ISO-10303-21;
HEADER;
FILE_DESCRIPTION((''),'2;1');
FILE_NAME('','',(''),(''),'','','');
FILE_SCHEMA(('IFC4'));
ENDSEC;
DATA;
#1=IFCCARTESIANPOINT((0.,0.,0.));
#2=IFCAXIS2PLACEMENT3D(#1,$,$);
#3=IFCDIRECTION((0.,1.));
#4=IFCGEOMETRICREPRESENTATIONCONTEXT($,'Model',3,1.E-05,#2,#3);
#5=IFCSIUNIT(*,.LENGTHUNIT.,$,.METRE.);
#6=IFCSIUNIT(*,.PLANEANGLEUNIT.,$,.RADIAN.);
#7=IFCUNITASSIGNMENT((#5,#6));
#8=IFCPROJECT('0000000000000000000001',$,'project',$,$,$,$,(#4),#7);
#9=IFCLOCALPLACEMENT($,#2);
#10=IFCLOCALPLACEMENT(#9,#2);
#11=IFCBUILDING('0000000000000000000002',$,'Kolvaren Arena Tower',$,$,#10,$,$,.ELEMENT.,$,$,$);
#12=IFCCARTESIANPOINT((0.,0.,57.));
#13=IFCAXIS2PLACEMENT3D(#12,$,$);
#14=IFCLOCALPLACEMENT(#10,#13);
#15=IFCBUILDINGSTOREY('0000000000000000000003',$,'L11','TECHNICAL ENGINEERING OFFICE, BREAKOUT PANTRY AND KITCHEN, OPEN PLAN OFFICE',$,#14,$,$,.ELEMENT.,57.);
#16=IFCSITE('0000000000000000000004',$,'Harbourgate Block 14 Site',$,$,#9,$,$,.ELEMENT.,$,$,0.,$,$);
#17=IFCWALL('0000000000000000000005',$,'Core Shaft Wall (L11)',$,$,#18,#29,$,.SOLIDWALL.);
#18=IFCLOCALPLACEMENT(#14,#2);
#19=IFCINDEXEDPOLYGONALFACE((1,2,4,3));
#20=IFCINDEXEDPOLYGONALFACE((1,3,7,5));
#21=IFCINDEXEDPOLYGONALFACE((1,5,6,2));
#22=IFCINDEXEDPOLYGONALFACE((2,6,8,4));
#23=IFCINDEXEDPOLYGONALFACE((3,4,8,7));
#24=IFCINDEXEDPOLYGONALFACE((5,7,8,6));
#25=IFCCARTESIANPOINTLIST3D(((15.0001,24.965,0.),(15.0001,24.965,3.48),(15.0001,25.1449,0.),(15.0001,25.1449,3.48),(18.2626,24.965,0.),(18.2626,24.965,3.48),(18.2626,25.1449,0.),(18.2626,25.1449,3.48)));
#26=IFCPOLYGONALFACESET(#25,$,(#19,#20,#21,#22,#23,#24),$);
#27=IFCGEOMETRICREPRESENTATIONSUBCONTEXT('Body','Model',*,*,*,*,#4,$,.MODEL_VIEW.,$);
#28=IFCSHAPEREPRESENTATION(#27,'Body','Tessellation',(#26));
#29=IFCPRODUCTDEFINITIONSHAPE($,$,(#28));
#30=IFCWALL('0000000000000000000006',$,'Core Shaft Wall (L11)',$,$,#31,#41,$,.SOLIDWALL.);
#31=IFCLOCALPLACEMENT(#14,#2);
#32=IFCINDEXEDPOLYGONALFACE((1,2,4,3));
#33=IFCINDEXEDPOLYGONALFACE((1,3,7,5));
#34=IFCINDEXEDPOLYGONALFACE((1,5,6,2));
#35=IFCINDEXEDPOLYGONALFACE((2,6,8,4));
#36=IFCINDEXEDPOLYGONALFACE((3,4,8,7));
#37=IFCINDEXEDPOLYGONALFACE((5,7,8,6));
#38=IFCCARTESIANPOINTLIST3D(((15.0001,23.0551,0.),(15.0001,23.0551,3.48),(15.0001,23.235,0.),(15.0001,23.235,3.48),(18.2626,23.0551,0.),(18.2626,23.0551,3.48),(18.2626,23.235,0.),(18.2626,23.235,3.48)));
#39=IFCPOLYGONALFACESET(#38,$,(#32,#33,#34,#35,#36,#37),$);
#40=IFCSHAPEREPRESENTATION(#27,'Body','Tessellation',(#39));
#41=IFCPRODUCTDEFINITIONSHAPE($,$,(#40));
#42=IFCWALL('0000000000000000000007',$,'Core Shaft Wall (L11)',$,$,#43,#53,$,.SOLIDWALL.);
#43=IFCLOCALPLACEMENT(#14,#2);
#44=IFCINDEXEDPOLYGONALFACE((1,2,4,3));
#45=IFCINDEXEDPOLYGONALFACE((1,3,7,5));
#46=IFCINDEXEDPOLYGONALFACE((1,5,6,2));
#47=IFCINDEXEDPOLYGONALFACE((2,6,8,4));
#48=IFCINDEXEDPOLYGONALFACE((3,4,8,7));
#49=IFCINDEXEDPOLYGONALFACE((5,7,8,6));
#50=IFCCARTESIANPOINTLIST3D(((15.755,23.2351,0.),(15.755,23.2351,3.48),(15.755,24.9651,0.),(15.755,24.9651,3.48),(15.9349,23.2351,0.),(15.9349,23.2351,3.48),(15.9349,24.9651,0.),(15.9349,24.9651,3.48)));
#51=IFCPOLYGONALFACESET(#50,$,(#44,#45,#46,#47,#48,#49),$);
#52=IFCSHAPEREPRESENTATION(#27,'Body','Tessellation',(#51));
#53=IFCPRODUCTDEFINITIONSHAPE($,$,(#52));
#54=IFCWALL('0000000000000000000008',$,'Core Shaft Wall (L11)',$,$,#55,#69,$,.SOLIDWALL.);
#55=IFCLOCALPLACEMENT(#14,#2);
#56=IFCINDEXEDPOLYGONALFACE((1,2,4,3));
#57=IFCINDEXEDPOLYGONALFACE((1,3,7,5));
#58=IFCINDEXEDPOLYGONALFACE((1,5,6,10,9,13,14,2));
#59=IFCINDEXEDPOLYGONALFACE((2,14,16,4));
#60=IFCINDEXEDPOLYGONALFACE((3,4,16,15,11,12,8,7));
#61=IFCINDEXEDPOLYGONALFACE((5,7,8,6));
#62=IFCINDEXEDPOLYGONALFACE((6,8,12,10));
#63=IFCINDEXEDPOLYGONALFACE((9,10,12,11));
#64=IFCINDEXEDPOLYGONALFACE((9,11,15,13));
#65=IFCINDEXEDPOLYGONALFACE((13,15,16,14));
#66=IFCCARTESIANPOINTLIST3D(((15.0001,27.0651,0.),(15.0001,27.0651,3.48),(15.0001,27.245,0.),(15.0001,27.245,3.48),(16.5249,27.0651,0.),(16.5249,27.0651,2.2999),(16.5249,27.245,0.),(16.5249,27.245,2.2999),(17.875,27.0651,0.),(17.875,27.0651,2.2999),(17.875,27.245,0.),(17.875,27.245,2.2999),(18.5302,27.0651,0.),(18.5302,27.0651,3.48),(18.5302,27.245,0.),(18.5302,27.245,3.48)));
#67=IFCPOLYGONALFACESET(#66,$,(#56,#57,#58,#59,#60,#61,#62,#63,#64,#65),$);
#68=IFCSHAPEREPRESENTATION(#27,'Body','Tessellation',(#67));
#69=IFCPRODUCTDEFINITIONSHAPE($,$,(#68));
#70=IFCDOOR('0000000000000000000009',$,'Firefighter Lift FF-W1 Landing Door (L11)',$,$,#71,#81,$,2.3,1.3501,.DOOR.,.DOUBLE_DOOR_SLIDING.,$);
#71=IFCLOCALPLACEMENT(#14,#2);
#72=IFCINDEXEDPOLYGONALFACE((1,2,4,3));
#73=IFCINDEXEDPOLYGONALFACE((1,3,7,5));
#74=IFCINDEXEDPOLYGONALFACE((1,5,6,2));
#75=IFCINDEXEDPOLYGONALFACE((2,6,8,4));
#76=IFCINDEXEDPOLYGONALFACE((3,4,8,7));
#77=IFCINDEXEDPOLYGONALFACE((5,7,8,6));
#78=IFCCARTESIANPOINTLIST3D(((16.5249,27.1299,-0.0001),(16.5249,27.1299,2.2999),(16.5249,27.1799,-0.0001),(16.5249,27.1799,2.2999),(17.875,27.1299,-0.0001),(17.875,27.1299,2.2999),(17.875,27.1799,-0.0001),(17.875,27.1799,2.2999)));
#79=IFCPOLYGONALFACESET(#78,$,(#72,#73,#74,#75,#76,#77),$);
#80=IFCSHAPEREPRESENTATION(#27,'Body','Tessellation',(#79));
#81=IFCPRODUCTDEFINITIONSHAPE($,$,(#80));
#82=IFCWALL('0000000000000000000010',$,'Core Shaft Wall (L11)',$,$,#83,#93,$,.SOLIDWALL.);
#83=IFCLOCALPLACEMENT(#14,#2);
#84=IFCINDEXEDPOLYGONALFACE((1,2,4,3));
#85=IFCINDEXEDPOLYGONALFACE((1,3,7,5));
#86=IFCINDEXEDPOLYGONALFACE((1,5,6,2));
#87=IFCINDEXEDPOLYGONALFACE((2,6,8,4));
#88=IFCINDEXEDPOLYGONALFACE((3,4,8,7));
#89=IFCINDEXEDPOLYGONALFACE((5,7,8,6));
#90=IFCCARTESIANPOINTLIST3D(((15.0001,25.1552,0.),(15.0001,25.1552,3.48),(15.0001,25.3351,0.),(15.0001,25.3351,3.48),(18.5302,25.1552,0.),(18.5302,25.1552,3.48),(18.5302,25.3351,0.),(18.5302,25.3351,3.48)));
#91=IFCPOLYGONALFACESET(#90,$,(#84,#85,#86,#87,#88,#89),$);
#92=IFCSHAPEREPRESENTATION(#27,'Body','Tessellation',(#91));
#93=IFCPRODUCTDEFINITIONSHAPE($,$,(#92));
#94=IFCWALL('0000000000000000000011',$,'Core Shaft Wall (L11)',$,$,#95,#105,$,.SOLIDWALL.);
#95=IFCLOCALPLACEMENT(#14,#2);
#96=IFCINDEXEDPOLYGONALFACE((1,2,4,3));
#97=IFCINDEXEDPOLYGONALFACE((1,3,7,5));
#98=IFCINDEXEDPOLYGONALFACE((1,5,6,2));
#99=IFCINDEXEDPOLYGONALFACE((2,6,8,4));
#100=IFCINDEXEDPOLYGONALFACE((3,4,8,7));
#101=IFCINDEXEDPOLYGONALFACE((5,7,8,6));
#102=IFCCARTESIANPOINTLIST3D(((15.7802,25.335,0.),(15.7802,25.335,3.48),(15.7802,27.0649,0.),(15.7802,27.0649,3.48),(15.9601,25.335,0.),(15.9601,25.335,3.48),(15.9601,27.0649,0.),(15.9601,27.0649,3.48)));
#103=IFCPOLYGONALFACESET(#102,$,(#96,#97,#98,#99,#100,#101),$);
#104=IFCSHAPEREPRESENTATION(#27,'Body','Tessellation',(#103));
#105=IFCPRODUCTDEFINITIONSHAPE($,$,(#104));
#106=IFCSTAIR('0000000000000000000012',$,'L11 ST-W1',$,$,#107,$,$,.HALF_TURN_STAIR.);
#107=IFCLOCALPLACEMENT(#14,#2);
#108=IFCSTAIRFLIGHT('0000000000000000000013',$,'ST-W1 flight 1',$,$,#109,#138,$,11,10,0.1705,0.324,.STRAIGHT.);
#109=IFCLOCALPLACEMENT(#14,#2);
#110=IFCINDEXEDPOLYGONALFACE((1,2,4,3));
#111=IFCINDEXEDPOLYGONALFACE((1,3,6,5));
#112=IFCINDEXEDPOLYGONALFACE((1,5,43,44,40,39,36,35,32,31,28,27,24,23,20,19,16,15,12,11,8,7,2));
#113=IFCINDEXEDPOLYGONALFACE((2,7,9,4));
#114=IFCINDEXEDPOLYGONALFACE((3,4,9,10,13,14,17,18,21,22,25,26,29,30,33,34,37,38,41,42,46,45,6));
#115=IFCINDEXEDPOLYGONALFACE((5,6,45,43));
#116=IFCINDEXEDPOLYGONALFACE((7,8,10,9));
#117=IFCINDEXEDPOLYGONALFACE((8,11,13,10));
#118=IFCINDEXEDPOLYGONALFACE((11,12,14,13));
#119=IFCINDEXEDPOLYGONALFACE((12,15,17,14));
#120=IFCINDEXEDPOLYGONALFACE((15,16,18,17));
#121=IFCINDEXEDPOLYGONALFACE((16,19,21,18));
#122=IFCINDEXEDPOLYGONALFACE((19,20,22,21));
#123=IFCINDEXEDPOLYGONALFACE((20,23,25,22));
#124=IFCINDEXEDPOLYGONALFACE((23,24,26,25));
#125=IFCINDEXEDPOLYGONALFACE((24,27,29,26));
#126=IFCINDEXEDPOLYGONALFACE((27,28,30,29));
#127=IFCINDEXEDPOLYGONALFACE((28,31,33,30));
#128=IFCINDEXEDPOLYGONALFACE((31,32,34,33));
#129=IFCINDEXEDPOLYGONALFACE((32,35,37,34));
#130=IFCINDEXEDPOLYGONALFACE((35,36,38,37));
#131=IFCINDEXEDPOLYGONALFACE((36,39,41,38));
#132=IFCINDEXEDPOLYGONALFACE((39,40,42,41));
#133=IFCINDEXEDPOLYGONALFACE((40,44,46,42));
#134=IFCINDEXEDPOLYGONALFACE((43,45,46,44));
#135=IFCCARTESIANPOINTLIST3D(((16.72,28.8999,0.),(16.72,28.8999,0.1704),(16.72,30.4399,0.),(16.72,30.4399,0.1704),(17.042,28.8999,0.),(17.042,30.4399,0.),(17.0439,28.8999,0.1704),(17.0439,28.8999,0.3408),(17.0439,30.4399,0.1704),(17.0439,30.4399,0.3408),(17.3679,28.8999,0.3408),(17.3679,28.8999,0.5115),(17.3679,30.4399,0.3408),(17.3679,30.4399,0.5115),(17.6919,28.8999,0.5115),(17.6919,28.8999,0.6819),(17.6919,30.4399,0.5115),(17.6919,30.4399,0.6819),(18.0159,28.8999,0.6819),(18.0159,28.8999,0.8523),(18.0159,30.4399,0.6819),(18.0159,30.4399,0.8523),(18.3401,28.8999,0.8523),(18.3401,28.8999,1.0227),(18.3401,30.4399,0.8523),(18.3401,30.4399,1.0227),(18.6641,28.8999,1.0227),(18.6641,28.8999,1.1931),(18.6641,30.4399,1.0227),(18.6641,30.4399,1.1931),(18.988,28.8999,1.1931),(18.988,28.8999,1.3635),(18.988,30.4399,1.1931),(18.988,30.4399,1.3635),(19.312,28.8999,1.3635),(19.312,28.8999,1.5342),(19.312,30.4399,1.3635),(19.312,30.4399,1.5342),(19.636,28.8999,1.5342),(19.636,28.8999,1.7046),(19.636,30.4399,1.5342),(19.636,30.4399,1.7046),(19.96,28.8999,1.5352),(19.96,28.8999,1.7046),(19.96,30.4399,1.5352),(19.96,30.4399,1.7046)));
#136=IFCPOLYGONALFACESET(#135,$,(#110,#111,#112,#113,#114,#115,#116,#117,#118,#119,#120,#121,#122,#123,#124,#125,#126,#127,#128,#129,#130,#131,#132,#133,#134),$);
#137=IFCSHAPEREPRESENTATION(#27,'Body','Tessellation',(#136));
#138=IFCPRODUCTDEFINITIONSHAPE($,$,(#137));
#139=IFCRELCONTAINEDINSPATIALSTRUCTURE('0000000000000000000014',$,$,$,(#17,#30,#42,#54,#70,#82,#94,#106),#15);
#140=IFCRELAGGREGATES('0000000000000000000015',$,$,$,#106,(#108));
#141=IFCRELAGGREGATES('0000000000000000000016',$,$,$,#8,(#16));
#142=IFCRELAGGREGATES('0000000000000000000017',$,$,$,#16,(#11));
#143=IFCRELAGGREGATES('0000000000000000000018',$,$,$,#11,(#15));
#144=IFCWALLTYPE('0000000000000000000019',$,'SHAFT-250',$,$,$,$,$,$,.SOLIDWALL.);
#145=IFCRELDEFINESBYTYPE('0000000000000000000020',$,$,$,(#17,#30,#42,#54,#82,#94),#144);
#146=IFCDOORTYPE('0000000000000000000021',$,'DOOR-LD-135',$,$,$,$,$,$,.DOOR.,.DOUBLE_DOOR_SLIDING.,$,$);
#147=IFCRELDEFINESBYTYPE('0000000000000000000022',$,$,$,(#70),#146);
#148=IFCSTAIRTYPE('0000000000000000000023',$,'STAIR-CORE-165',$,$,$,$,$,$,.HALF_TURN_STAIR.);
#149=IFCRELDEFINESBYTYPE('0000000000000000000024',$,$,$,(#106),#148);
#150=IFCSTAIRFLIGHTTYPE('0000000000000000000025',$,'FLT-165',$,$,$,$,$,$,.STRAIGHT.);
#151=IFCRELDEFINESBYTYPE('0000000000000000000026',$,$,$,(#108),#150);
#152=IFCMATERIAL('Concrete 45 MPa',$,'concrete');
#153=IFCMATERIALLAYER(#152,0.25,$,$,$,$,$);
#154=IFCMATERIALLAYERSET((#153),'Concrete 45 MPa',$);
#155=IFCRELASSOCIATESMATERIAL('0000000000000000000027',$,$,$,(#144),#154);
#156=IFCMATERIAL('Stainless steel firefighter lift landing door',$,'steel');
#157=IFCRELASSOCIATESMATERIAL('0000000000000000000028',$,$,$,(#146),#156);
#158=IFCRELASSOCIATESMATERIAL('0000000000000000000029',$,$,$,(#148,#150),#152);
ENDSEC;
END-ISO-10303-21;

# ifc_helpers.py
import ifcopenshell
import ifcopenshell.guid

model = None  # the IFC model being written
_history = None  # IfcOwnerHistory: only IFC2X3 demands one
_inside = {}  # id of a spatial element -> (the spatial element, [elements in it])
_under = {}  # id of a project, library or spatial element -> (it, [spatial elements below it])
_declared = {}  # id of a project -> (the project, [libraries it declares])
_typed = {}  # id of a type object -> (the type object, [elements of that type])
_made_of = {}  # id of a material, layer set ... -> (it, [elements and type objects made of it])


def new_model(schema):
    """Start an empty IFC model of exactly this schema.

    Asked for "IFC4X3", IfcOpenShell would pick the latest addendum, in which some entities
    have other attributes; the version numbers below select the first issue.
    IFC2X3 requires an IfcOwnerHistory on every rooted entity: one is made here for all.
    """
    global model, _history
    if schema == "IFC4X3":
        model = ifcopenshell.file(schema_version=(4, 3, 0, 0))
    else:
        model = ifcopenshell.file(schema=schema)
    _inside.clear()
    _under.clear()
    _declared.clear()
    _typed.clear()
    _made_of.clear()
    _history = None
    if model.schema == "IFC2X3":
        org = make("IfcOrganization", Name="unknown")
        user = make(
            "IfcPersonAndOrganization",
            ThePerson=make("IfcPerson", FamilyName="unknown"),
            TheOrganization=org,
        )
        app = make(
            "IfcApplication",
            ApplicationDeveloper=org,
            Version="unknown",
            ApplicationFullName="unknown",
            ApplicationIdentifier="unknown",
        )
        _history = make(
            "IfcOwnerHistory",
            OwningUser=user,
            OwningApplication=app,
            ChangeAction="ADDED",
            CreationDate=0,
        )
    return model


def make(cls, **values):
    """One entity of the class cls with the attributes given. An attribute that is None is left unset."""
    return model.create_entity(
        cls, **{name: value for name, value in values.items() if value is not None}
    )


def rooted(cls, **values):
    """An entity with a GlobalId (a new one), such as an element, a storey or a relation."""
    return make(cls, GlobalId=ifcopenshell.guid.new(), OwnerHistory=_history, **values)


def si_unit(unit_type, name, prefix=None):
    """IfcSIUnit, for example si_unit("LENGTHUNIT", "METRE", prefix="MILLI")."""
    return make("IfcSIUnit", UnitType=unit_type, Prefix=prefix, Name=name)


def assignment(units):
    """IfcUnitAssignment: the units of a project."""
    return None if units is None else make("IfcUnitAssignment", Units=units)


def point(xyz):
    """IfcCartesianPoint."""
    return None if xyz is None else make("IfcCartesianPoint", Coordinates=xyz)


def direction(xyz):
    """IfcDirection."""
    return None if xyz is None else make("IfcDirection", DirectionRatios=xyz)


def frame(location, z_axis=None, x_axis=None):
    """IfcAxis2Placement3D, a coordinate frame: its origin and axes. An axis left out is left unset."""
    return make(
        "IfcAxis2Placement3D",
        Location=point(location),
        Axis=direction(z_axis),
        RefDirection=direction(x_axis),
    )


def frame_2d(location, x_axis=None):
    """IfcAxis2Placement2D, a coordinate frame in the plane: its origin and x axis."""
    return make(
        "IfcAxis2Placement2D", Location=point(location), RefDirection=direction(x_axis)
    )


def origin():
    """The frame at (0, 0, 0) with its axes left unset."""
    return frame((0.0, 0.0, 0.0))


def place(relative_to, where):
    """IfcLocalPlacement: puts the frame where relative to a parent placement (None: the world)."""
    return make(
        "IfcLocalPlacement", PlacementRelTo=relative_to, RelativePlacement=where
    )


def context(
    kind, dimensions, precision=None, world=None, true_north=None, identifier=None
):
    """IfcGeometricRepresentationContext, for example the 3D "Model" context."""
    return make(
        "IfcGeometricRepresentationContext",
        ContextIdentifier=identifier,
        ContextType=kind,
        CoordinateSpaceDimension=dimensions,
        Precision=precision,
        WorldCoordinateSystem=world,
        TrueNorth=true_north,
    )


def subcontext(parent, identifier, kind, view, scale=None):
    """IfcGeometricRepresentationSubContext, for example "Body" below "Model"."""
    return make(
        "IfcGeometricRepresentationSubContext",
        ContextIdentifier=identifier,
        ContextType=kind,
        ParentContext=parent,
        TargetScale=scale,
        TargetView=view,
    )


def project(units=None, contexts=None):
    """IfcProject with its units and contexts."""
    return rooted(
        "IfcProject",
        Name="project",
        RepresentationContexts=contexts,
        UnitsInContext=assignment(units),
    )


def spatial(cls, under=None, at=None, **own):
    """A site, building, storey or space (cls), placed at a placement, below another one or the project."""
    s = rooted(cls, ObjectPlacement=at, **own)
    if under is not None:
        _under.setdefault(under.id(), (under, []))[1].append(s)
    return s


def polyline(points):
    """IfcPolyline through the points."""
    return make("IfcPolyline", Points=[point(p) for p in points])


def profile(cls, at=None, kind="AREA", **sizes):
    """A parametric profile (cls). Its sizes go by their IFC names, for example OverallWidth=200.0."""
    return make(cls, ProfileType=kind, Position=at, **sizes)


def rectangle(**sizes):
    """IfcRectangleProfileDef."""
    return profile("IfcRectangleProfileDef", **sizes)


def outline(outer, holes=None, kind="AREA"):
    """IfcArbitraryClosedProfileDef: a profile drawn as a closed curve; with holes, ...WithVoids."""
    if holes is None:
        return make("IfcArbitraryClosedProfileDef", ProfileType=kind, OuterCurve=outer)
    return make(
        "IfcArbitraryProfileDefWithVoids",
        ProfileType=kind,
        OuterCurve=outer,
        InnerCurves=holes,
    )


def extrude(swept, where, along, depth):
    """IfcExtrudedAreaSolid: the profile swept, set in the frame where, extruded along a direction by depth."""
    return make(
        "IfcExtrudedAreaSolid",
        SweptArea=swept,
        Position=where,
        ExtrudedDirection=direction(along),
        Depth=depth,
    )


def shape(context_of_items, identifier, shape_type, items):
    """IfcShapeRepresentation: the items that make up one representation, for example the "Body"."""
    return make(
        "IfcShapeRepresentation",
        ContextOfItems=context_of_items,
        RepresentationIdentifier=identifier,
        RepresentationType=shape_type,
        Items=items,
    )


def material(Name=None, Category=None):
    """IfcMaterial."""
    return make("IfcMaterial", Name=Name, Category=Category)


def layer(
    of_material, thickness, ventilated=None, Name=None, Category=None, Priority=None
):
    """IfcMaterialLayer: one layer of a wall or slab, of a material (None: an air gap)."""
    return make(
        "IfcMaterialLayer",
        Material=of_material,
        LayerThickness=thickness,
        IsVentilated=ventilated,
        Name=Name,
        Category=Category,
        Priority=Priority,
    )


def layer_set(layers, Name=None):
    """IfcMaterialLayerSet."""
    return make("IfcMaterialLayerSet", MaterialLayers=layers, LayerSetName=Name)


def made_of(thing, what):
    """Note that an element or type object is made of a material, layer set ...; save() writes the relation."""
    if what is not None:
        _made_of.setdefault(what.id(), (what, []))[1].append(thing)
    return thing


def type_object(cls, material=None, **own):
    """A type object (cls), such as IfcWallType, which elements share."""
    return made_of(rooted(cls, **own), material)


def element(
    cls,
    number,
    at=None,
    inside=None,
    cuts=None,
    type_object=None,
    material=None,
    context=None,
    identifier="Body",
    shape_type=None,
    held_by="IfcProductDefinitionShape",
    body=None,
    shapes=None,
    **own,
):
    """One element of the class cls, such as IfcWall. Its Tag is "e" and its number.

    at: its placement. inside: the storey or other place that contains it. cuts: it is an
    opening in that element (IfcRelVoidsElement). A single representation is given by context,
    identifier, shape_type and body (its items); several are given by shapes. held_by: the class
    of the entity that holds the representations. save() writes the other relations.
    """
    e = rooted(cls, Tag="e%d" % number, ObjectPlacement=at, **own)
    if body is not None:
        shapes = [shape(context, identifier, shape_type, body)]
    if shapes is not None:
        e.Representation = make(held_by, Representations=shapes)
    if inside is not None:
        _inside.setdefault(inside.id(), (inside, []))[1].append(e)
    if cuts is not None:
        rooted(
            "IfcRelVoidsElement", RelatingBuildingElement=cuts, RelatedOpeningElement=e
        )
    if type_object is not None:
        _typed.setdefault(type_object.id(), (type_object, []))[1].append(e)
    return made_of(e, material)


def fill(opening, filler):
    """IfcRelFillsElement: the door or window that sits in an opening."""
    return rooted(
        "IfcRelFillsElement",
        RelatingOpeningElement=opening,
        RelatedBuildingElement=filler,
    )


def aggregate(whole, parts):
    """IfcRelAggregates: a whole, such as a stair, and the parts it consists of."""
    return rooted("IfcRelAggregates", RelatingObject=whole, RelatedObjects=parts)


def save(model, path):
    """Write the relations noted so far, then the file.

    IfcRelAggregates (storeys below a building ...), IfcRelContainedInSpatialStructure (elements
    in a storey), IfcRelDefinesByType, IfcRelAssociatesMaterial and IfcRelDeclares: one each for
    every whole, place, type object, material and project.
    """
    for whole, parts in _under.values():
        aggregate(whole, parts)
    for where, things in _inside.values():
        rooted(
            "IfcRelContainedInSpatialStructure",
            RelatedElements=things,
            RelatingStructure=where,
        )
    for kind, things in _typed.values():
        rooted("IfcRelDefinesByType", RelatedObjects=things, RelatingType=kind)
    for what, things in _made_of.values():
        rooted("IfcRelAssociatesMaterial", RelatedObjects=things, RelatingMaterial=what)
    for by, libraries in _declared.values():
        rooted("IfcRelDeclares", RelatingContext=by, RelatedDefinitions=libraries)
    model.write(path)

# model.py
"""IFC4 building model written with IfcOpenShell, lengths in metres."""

from ifc_helpers import new_model, si_unit, direction, frame, frame_2d, origin, place, context, subcontext, project, spatial, polyline, rectangle, outline, extrude, material, layer, layer_set, type_object, element, fill, aggregate, save


model = new_model("IFC4")

# Units and contexts
model_context = context("Model", 3, precision=1e-05, world=origin(), true_north=direction((0.0, 1.0)))
body_context = subcontext(model_context, "Body", "Model", "MODEL_VIEW")
ifc_project = project(units=[si_unit("LENGTHUNIT", "METRE"), si_unit("PLANEANGLEUNIT", "RADIAN")], contexts=[model_context])

# Site, building, storey
site_placement = place(None, origin())
site = spatial("IfcSite", under=ifc_project, at=site_placement, Name="Harbourgate Block 14 Site", CompositionType="ELEMENT", RefElevation=0.0)
building_placement = place(site_placement, origin())
building = spatial("IfcBuilding", under=site, at=building_placement, Name="Kolvaren Arena Tower", CompositionType="ELEMENT")
storey_placement = place(building_placement, frame((0.0, 0.0, 57.0)))
storey = spatial("IfcBuildingStorey", under=building, at=storey_placement, Name="L11", Description="TECHNICAL ENGINEERING OFFICE, BREAKOUT PANTRY AND KITCHEN, OPEN PLAN OFFICE", CompositionType="ELEMENT", Elevation=57.0)

# Walls
ifc_material_1 = material(Name="Concrete 45 MPa", Category="concrete")
ifc_layer = layer(ifc_material_1, 0.25)
ifc_layer_set = layer_set([ifc_layer], Name="Concrete 45 MPa")
wall_type = type_object("IfcWallType", Name="SHAFT-250", PredefinedType="SOLIDWALL", material=ifc_layer_set)
for number, where, z_axis, x_axis, name in (
    (1, (15.0, 25.0549, 0.0), (0.0, 0.0, 1.0), (1.0, 0.0, 0.0), "Core Shaft Wall (L11)"),
    (2, (15.0, 23.145, 0.0), (0.0, 0.0, 1.0), (1.0, 0.0, 0.0), "Core Shaft Wall (L11)"),
):
    element("IfcWall", number, at=place(storey_placement, frame(where, z_axis=z_axis, x_axis=x_axis)), inside=storey, type_object=wall_type, Name=name, PredefinedType="SOLIDWALL", context=body_context, shape_type="SweptSolid", body=[
        extrude(rectangle(XDim=3.2625, YDim=0.1799, at=frame_2d((1.6313, 0.0))), origin(), (0.0, 0.0, 1.0), 3.48),
    ])
wall_1_placement = place(storey_placement, frame((15.845, 23.2351, 0.0), z_axis=(0.0, 0.0, 1.0), x_axis=(0.0, 1.0, 0.0)))
element("IfcWall", 3, at=wall_1_placement, inside=storey, type_object=wall_type, Name="Core Shaft Wall (L11)", PredefinedType="SOLIDWALL", context=body_context, shape_type="SweptSolid", body=[
    extrude(rectangle(XDim=1.73, YDim=0.1799, at=frame_2d((0.865, 0.0))), origin(), (0.0, 0.0, 1.0), 3.48),
])

# Wall, opening, door
wall_2_placement = place(storey_placement, frame((15.0, 27.155, 0.0), z_axis=(0.0, 0.0, 1.0), x_axis=(1.0, 0.0, 0.0)))
wall_2 = element("IfcWall", 4, at=wall_2_placement, inside=storey, type_object=wall_type, Name="Core Shaft Wall (L11)", PredefinedType="SOLIDWALL", context=body_context, shape_type="SweptSolid", body=[
    extrude(rectangle(XDim=3.53, YDim=0.1799, at=frame_2d((1.7651, 0.0))), origin(), (0.0, 0.0, 1.0), 3.48),
])
opening_placement = place(wall_2_placement, frame((1.5249, 0.0, 0.0)))
opening = element("IfcOpeningElement", 5, at=opening_placement, cuts=wall_2, PredefinedType="OPENING", context=body_context, shape_type="SweptSolid", body=[
    extrude(rectangle(XDim=1.3501, YDim=2.3, at=frame_2d((0.675, 1.1499))), frame((0.0, 0.0999, 0.0), z_axis=(0.0, -1.0, 0.0), x_axis=(1.0, 0.0, 0.0)), (0.0, 0.0, 1.0), 0.2),
])
ifc_material_2 = material(Name="Stainless steel firefighter lift landing door", Category="steel")
door_type = type_object("IfcDoorType", Name="DOOR-LD-135", OperationType="DOUBLE_DOOR_SLIDING", PredefinedType="DOOR", material=ifc_material_2)
door_placement = place(opening_placement, origin())
door = element("IfcDoor", 6, at=door_placement, inside=storey, type_object=door_type, Name="Firefighter Lift FF-W1 Landing Door (L11)", OperationType="DOUBLE_DOOR_SLIDING", OverallHeight=2.3, OverallWidth=1.3501, PredefinedType="DOOR", context=body_context, shape_type="SweptSolid", body=[
    extrude(rectangle(XDim=1.3501, YDim=2.3, at=frame_2d((0.675, 1.1499))), frame((0.0, 0.0249, 0.0), z_axis=(0.0, -1.0, 0.0), x_axis=(1.0, 0.0, 0.0)), (0.0, 0.0, 1.0), 0.05),
])
fill(opening, door)

# Walls
wall_3_placement = place(storey_placement, frame((15.0, 25.2451, 0.0), z_axis=(0.0, 0.0, 1.0), x_axis=(1.0, 0.0, 0.0)))
element("IfcWall", 7, at=wall_3_placement, inside=storey, type_object=wall_type, Name="Core Shaft Wall (L11)", PredefinedType="SOLIDWALL", context=body_context, shape_type="SweptSolid", body=[
    extrude(rectangle(XDim=3.53, YDim=0.1799, at=frame_2d((1.7651, 0.0))), origin(), (0.0, 0.0, 1.0), 3.48),
])
wall_4_placement = place(storey_placement, frame((15.8701, 25.335, 0.0), z_axis=(0.0, 0.0, 1.0), x_axis=(0.0, 1.0, 0.0)))
element("IfcWall", 8, at=wall_4_placement, inside=storey, type_object=wall_type, Name="Core Shaft Wall (L11)", PredefinedType="SOLIDWALL", context=body_context, shape_type="SweptSolid", body=[
    extrude(rectangle(XDim=1.73, YDim=0.1799, at=frame_2d((0.865, 0.0))), origin(), (0.0, 0.0, 1.0), 3.48),
])

# Stair, stair flight
stair_type = type_object("IfcStairType", Name="STAIR-CORE-165", PredefinedType="HALF_TURN_STAIR", material=ifc_material_1)
stair_placement = place(storey_placement, origin())
stair = element("IfcStair", 9, at=stair_placement, inside=storey, type_object=stair_type, Name="L11 ST-W1", PredefinedType="HALF_TURN_STAIR")
stair_flight_type = type_object("IfcStairFlightType", Name="FLT-165", PredefinedType="STRAIGHT", material=ifc_material_1)
stair_flight_placement = place(storey_placement, frame((16.72, 29.6699, 0.0), z_axis=(0.0, 0.0, 1.0), x_axis=(1.0, 0.0, 0.0)))
stair_flight = element("IfcStairFlight", 10, at=stair_flight_placement, type_object=stair_flight_type, Name="ST-W1 flight 1", NumberOfRisers=11, NumberOfTreads=10, PredefinedType="STRAIGHT", RiserHeight=0.1705, TreadLength=0.324, context=body_context, shape_type="SweptSolid", body=[
    extrude(outline(polyline([(0.0, 0.0), (0.0, 0.1704), (0.324, 0.1704), (0.324, 0.3408), (0.6479, 0.3408), (0.6479, 0.5115), (0.9719, 0.5115), (0.9719, 0.6819), (1.2959, 0.6819), (1.2959, 0.8523), (1.6201, 0.8523), (1.6201, 1.0227), (1.9441, 1.0227), (1.9441, 1.1931), (2.2681, 1.1931), (2.2681, 1.3635), (2.592, 1.3635), (2.592, 1.5342), (2.916, 1.5342), (2.916, 1.7046), (3.24, 1.7046), (3.24, 1.875), (3.24, 1.5352), (0.322, 0.0), (0.0, 0.0)])), frame((0.0, 0.77, 0.0), z_axis=(0.0, -1.0, 0.0), x_axis=(1.0, 0.0, 0.0)), (0.0, 0.0, 1.0), 1.54),
])
aggregate(stair, [stair_flight])

save(model, "model.ifc")
